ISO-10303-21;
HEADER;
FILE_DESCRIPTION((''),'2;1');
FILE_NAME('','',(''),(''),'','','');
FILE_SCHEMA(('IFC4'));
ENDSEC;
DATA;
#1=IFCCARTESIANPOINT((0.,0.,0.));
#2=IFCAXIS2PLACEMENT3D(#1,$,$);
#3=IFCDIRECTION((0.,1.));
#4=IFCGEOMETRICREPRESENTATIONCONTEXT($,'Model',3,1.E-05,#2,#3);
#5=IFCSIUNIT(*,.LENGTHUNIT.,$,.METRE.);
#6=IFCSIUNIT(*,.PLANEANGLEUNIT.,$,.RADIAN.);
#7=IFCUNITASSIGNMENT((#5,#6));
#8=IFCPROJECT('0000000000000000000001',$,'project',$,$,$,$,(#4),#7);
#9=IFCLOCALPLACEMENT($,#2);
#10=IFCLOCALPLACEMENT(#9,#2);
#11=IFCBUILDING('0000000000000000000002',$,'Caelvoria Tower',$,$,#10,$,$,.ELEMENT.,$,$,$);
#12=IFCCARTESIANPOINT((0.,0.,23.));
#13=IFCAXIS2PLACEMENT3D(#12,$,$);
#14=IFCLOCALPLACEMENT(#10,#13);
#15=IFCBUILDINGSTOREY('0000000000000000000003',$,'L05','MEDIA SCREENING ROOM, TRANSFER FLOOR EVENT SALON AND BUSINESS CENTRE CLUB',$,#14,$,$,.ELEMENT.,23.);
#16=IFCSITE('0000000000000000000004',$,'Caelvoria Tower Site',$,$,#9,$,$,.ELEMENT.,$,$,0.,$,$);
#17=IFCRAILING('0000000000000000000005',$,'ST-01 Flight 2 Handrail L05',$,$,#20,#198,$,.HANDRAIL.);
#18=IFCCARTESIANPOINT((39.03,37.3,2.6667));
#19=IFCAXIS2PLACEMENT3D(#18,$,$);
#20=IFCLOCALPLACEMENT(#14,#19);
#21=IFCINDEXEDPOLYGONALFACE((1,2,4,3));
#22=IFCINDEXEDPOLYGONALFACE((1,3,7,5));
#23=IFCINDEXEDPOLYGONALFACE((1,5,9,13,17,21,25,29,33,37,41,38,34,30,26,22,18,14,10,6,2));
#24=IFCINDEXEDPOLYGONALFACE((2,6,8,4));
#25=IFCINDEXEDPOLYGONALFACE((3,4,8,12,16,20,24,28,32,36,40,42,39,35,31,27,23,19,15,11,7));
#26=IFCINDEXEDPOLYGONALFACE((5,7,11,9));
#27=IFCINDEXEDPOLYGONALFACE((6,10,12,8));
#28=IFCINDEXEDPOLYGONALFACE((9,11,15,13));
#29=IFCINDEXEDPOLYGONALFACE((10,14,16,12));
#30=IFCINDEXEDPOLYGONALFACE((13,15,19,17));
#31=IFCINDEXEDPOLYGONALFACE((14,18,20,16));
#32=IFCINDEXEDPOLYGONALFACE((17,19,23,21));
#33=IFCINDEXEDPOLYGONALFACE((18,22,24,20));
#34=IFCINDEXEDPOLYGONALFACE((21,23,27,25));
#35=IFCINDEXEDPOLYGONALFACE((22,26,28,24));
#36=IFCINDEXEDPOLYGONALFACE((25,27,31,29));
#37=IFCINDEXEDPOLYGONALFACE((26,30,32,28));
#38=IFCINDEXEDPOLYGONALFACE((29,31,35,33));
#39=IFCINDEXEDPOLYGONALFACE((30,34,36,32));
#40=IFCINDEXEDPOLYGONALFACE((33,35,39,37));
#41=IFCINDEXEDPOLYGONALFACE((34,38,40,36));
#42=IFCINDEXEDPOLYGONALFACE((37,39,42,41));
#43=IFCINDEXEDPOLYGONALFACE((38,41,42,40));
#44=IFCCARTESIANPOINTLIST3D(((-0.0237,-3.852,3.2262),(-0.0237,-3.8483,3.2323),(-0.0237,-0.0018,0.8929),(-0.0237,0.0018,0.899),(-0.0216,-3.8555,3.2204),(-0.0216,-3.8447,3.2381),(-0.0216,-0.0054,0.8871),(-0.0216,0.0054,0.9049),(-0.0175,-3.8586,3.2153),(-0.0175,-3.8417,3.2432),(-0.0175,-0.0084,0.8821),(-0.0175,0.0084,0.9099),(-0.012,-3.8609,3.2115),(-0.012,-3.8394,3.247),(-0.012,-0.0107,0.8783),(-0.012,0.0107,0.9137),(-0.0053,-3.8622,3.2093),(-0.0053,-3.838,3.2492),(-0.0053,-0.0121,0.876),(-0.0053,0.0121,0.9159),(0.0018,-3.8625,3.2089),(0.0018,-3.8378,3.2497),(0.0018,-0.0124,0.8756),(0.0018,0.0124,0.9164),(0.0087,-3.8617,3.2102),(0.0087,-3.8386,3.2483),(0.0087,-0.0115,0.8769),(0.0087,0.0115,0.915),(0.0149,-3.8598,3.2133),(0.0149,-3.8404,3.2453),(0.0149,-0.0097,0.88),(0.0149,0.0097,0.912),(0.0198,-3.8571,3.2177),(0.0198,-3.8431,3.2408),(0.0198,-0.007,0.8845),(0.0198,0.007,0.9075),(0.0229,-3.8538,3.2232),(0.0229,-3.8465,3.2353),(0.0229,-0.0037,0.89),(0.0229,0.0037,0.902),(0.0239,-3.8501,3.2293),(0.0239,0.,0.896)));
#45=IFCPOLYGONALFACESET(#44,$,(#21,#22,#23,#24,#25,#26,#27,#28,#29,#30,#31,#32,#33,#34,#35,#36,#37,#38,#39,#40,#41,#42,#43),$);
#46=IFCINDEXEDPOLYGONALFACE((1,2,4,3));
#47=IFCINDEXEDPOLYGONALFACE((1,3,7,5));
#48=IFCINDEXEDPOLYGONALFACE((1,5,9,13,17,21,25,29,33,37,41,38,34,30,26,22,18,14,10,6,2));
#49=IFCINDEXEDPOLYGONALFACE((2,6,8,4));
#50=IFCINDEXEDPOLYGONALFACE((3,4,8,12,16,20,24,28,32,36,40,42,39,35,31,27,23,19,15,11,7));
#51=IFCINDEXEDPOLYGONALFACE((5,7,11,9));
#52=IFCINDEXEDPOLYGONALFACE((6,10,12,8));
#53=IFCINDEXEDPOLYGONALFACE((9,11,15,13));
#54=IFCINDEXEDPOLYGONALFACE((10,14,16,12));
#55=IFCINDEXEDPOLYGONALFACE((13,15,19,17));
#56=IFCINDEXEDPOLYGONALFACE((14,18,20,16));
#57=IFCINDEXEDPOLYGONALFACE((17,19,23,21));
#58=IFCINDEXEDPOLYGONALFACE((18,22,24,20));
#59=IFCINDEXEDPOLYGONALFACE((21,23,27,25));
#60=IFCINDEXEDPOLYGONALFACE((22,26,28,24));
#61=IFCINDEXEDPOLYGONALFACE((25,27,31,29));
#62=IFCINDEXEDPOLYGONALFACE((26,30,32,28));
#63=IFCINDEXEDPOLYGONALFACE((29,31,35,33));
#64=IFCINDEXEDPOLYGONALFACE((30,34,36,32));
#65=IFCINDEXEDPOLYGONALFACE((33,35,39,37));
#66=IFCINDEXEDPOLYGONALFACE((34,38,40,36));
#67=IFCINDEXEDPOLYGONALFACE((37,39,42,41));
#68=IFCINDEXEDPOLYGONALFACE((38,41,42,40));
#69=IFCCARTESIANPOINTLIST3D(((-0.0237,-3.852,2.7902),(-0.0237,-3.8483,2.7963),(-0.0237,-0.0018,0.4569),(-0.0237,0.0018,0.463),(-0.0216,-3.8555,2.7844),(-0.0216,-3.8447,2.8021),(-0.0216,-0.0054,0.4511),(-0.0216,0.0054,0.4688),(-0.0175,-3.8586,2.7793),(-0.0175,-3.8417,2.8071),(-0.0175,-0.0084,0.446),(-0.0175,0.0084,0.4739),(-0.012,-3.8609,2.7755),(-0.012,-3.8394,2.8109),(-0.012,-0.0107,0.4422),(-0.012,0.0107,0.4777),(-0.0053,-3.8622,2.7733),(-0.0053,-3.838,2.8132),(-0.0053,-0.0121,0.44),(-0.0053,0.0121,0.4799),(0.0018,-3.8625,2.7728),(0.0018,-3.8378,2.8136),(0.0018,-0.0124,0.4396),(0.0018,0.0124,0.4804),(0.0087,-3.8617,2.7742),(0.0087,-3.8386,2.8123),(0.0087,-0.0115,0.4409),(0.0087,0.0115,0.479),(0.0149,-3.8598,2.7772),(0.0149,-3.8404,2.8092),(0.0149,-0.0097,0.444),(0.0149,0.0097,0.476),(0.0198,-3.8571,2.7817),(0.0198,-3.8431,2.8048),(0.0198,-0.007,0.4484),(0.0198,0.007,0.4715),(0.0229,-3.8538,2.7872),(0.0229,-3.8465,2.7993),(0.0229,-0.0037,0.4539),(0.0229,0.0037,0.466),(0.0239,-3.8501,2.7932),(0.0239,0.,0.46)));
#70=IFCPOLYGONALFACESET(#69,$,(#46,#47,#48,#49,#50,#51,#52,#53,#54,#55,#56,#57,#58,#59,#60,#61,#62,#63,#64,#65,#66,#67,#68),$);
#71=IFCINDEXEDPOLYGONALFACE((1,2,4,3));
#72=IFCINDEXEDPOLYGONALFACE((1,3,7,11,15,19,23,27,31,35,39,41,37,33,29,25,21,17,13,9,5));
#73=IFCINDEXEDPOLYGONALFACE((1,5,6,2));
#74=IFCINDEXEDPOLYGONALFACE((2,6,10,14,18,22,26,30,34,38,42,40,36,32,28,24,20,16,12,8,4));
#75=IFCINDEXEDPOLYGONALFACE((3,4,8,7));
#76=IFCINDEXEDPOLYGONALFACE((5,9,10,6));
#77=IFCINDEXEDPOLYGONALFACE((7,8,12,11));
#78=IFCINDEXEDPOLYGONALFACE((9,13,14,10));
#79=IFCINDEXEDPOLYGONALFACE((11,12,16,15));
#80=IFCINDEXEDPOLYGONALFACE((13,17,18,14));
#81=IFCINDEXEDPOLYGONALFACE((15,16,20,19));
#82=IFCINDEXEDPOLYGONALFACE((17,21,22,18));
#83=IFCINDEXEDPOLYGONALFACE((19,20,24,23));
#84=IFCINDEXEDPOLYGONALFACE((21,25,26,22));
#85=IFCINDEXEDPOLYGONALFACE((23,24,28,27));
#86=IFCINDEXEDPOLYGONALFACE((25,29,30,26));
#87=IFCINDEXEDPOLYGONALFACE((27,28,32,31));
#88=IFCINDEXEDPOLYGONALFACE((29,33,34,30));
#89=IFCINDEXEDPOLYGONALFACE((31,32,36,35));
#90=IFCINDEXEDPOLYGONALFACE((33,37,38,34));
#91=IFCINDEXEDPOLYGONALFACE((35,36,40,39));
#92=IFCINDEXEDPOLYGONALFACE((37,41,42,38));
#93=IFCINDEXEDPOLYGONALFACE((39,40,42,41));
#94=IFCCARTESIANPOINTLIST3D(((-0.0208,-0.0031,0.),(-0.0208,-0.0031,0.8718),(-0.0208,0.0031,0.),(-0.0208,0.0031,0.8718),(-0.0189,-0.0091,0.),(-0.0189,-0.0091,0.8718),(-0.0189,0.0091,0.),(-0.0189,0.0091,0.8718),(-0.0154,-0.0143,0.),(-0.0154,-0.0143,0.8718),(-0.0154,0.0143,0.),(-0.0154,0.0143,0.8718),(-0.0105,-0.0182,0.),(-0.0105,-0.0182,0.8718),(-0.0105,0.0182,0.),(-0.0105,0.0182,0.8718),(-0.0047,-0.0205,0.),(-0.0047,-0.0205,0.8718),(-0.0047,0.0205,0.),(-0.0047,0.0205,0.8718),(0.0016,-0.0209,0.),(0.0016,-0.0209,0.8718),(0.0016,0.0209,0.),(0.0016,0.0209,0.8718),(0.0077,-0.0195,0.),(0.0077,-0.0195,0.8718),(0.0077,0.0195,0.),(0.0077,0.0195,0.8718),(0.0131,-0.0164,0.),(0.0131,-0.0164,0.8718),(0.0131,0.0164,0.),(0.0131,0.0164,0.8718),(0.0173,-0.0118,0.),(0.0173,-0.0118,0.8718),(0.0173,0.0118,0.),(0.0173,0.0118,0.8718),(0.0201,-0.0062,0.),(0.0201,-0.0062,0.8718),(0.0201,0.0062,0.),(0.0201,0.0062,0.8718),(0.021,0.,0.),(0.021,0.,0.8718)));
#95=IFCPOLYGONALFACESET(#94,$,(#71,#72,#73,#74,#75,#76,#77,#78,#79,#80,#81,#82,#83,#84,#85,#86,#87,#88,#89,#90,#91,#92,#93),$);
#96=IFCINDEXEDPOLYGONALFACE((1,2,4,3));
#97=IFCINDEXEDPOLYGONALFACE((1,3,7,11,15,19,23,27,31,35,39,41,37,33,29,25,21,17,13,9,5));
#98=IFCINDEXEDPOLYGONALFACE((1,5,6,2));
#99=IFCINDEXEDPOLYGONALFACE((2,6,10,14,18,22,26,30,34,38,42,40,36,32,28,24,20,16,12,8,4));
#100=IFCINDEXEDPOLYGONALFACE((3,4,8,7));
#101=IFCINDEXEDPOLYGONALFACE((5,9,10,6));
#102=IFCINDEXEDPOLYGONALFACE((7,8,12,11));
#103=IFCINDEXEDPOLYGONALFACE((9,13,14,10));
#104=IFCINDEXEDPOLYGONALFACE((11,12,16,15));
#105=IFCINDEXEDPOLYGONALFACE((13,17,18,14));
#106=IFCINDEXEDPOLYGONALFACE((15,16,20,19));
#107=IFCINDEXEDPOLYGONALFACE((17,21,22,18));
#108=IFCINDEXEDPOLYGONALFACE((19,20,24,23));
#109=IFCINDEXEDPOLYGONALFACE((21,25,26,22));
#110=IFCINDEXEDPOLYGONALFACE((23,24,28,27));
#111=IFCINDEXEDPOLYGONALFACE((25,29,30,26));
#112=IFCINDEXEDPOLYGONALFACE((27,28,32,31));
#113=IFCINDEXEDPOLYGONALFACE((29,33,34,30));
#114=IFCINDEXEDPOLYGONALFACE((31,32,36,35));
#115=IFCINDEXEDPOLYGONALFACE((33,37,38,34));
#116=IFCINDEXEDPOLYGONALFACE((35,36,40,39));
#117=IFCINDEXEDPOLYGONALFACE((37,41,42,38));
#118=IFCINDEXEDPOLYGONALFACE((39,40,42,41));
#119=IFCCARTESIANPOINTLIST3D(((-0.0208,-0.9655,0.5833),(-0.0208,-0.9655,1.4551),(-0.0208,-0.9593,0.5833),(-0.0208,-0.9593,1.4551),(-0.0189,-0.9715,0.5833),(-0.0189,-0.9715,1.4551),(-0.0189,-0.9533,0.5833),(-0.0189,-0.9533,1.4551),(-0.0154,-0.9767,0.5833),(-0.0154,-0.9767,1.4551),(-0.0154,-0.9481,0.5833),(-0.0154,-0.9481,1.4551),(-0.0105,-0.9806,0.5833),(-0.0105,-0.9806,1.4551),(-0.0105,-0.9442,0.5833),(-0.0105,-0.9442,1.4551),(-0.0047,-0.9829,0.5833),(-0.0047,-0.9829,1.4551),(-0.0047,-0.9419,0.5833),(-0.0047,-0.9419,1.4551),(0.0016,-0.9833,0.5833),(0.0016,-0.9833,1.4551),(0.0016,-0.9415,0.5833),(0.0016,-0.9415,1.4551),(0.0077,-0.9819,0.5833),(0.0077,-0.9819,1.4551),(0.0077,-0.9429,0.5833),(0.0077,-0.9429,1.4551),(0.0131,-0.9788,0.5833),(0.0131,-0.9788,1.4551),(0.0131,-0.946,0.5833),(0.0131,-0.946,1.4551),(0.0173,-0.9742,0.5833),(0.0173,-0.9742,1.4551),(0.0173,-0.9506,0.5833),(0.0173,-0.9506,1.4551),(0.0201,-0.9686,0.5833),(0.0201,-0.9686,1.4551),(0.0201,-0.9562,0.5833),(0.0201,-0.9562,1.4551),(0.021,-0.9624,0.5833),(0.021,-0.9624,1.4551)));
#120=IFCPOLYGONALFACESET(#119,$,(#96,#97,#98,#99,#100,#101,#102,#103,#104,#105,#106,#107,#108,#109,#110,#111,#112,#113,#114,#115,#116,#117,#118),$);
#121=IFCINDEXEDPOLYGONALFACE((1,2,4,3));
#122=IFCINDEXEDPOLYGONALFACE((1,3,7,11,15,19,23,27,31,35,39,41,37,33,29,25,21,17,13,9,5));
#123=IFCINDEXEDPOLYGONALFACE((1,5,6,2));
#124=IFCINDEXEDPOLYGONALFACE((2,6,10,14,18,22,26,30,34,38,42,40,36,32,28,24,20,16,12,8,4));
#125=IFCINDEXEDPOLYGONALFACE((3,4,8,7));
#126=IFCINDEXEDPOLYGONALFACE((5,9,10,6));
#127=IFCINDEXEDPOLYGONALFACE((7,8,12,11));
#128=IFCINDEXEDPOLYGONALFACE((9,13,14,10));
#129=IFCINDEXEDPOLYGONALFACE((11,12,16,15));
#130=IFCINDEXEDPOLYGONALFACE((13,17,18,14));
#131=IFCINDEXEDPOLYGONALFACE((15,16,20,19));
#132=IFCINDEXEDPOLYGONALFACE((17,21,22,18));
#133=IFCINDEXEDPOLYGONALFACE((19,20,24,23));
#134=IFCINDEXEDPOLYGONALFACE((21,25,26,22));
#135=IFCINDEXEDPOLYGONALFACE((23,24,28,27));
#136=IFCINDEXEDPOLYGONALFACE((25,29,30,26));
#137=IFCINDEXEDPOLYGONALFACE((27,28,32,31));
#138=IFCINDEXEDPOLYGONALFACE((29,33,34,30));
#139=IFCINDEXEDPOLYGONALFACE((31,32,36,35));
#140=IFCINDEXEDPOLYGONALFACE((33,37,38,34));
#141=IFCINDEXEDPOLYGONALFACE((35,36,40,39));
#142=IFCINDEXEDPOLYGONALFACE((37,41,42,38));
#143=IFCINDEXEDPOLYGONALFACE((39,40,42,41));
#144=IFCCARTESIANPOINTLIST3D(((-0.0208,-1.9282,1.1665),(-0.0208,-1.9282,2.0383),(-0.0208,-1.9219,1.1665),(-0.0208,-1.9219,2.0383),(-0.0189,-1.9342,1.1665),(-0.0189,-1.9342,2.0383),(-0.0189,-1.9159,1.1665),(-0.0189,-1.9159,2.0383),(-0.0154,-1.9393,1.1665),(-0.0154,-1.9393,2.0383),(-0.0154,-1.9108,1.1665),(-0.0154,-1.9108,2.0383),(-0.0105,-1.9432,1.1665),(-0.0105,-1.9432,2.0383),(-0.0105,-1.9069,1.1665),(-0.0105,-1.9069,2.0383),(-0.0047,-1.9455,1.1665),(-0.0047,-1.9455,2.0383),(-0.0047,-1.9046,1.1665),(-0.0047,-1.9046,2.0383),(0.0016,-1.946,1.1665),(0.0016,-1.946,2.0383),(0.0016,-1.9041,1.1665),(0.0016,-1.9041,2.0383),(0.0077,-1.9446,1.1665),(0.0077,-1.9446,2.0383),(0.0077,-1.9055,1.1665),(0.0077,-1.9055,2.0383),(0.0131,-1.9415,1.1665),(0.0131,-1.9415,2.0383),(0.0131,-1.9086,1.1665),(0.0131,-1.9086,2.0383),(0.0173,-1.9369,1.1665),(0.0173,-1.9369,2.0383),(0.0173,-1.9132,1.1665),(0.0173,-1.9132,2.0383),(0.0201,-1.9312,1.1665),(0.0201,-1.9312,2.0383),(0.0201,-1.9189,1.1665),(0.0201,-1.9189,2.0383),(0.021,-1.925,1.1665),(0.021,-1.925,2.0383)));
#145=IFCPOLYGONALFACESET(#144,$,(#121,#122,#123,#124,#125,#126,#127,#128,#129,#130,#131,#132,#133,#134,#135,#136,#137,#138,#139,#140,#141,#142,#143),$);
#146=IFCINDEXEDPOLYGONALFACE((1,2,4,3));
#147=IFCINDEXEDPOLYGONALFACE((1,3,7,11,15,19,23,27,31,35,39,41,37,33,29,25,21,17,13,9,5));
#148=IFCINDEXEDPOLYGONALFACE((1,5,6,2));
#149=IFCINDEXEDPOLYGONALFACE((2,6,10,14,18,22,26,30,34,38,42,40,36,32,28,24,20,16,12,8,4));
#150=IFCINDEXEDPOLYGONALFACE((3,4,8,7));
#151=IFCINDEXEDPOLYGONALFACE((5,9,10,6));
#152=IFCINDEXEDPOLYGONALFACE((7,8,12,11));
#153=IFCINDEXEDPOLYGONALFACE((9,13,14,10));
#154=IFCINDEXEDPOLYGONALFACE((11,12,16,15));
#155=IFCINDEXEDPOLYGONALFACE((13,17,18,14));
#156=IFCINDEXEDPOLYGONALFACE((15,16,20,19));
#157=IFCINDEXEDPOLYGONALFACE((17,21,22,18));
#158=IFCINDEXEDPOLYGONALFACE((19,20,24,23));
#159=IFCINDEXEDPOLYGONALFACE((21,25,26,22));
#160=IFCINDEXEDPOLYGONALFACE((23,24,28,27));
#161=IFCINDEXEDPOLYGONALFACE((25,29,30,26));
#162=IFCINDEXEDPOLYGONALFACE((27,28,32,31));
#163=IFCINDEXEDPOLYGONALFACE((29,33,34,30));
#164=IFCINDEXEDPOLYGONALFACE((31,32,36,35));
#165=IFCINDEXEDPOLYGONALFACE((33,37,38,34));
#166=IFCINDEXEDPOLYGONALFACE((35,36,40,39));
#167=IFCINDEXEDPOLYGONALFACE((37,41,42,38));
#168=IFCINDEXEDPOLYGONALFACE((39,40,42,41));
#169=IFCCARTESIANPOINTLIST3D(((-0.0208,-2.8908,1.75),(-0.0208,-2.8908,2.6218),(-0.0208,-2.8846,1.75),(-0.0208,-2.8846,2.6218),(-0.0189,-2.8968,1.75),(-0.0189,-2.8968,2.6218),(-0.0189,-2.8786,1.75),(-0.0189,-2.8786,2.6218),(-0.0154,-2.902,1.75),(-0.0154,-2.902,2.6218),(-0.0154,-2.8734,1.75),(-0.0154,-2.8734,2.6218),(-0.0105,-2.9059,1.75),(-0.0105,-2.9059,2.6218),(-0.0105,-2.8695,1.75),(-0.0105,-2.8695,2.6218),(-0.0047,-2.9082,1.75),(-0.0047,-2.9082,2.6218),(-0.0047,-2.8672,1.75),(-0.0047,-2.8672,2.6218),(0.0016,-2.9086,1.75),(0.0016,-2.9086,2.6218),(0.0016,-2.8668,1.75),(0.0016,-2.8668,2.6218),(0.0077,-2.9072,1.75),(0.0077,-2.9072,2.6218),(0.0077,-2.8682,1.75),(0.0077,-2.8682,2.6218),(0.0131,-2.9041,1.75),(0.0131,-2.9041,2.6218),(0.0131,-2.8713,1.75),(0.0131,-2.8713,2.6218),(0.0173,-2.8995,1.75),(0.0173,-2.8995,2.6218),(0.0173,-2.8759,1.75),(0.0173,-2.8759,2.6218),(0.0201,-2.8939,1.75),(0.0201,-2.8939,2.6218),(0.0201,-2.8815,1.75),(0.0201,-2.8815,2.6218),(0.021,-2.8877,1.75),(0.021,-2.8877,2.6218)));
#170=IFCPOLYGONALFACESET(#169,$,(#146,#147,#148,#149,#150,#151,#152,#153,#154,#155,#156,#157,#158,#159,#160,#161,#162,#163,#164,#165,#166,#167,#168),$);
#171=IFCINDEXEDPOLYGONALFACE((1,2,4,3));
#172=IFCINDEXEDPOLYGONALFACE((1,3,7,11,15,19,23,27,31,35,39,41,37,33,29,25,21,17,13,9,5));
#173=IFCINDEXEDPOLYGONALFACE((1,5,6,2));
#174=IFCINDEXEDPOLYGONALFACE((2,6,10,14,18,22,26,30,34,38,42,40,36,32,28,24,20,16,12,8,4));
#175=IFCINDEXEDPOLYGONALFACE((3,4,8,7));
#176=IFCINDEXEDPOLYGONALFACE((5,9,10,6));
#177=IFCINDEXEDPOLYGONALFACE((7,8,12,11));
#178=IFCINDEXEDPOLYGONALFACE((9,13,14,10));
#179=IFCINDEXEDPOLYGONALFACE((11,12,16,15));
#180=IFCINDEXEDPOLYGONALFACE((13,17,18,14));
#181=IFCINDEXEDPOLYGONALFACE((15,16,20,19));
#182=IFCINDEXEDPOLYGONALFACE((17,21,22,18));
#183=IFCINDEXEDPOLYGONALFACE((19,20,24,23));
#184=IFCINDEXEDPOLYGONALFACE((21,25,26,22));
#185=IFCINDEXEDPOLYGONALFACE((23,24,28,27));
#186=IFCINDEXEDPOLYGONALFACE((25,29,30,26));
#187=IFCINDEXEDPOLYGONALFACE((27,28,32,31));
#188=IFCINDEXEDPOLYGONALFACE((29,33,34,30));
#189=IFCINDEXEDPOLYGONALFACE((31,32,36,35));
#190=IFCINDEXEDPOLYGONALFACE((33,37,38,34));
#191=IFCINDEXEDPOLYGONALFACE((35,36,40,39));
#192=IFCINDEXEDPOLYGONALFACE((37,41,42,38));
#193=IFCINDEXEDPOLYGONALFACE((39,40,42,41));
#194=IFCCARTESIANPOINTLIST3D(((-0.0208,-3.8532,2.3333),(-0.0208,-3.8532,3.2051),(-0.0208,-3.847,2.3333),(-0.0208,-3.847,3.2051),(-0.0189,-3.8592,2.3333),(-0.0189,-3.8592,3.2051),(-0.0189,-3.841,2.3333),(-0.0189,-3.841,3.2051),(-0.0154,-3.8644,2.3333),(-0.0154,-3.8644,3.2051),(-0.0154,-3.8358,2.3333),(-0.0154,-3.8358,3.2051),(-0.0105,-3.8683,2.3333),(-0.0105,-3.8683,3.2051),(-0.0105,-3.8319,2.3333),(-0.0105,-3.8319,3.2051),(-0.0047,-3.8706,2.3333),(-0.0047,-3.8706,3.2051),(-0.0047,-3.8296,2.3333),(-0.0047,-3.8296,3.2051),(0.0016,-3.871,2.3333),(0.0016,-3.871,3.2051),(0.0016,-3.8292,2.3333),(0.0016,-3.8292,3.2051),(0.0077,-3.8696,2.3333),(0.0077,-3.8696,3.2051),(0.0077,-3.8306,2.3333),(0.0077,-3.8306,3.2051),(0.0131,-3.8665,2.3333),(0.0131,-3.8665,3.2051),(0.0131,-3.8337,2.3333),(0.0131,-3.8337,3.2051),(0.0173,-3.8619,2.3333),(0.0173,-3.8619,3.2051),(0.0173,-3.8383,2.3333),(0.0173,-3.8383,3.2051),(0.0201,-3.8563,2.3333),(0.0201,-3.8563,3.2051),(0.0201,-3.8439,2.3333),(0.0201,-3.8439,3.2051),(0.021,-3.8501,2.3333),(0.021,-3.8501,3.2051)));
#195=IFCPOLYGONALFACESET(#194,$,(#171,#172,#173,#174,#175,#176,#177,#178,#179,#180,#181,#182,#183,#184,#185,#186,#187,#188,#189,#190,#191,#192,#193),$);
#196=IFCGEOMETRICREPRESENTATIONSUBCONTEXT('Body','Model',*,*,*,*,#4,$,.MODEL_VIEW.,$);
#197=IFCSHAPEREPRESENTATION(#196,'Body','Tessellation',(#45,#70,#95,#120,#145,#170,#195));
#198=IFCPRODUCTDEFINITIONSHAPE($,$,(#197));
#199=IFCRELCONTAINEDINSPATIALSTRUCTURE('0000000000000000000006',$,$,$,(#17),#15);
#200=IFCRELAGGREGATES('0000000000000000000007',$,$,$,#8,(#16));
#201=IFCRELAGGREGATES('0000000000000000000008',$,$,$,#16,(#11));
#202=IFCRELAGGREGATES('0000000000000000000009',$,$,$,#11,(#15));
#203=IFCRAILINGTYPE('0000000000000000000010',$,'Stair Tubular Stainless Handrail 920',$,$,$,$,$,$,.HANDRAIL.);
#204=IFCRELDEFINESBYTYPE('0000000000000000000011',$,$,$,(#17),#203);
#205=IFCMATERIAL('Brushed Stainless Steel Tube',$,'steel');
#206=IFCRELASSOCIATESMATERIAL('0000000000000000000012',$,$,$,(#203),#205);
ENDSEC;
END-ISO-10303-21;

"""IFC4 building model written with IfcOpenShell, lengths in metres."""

from ifc_helpers import new_model, si_unit, direction, frame, origin, origin_2d, place, context, subcontext, project, spatial, circle, extrude, material, type_object, element, save


model = new_model("IFC4")

# Units and contexts
model_context = context("Model", 3, precision=1e-05, world=origin(), true_north=direction((0.0, 1.0)))
body_context = subcontext(model_context, "Body", "Model", "MODEL_VIEW")
ifc_project = project(units=[si_unit("LENGTHUNIT", "METRE"), si_unit("PLANEANGLEUNIT", "RADIAN")], contexts=[model_context])

# Site, building, storey
site_placement = place(None, origin())
site = spatial("IfcSite", under=ifc_project, at=site_placement, Name="Caelvoria Tower Site", CompositionType="ELEMENT", RefElevation=0.0)
building_placement = place(site_placement, origin())
building = spatial("IfcBuilding", under=site, at=building_placement, Name="Caelvoria Tower", CompositionType="ELEMENT")
storey_placement = place(building_placement, frame((0.0, 0.0, 23.0)))
storey = spatial("IfcBuildingStorey", under=building, at=storey_placement, Name="L05", Description="MEDIA SCREENING ROOM, TRANSFER FLOOR EVENT SALON AND BUSINESS CENTRE CLUB", CompositionType="ELEMENT", Elevation=23.0)

# Railing
ifc_material_1 = material(Name="Brushed Stainless Steel Tube", Category="steel")
railing_type_1 = type_object("IfcRailingType", Name="Stair Tubular Stainless Handrail 920", PredefinedType="HANDRAIL", material=ifc_material_1)
railing_1_placement = place(storey_placement, frame((39.03, 37.3, 2.6667)))
element("IfcRailing", 1, at=railing_1_placement, inside=storey, type_object=railing_type_1, Name="ST-01 Flight 2 Handrail L05", PredefinedType="HANDRAIL", context=body_context, shape_type="SweptSolid", body=[
    extrude(circle(Radius=0.0239, at=origin_2d()), frame((0.0, 0.0, 0.896), z_axis=(0.0, -0.855212, 0.518279), x_axis=(1.0, 0.0, 0.0)), (0.0, 0.0, 1.0), 4.502),
    extrude(circle(Radius=0.0239, at=origin_2d()), frame((0.0, 0.0, 0.46), z_axis=(0.0, -0.855212, 0.518279), x_axis=(1.0, 0.0, 0.0)), (0.0, 0.0, 1.0), 4.502),
    extrude(circle(Radius=0.021, at=origin_2d()), origin(), (0.0, 0.0, 1.0), 0.8718),
    extrude(circle(Radius=0.021, at=origin_2d()), frame((0.0, -0.9624, 0.5833)), (0.0, 0.0, 1.0), 0.8718),
    extrude(circle(Radius=0.021, at=origin_2d()), frame((0.0, -1.925, 1.1665)), (0.0, 0.0, 1.0), 0.8718),
    extrude(circle(Radius=0.021, at=origin_2d()), frame((0.0, -2.8877, 1.75)), (0.0, 0.0, 1.0), 0.8718),
    extrude(circle(Radius=0.021, at=origin_2d()), frame((0.0, -3.8501, 2.3333)), (0.0, 0.0, 1.0), 0.8718),
])

save(model, "model.ifc")
